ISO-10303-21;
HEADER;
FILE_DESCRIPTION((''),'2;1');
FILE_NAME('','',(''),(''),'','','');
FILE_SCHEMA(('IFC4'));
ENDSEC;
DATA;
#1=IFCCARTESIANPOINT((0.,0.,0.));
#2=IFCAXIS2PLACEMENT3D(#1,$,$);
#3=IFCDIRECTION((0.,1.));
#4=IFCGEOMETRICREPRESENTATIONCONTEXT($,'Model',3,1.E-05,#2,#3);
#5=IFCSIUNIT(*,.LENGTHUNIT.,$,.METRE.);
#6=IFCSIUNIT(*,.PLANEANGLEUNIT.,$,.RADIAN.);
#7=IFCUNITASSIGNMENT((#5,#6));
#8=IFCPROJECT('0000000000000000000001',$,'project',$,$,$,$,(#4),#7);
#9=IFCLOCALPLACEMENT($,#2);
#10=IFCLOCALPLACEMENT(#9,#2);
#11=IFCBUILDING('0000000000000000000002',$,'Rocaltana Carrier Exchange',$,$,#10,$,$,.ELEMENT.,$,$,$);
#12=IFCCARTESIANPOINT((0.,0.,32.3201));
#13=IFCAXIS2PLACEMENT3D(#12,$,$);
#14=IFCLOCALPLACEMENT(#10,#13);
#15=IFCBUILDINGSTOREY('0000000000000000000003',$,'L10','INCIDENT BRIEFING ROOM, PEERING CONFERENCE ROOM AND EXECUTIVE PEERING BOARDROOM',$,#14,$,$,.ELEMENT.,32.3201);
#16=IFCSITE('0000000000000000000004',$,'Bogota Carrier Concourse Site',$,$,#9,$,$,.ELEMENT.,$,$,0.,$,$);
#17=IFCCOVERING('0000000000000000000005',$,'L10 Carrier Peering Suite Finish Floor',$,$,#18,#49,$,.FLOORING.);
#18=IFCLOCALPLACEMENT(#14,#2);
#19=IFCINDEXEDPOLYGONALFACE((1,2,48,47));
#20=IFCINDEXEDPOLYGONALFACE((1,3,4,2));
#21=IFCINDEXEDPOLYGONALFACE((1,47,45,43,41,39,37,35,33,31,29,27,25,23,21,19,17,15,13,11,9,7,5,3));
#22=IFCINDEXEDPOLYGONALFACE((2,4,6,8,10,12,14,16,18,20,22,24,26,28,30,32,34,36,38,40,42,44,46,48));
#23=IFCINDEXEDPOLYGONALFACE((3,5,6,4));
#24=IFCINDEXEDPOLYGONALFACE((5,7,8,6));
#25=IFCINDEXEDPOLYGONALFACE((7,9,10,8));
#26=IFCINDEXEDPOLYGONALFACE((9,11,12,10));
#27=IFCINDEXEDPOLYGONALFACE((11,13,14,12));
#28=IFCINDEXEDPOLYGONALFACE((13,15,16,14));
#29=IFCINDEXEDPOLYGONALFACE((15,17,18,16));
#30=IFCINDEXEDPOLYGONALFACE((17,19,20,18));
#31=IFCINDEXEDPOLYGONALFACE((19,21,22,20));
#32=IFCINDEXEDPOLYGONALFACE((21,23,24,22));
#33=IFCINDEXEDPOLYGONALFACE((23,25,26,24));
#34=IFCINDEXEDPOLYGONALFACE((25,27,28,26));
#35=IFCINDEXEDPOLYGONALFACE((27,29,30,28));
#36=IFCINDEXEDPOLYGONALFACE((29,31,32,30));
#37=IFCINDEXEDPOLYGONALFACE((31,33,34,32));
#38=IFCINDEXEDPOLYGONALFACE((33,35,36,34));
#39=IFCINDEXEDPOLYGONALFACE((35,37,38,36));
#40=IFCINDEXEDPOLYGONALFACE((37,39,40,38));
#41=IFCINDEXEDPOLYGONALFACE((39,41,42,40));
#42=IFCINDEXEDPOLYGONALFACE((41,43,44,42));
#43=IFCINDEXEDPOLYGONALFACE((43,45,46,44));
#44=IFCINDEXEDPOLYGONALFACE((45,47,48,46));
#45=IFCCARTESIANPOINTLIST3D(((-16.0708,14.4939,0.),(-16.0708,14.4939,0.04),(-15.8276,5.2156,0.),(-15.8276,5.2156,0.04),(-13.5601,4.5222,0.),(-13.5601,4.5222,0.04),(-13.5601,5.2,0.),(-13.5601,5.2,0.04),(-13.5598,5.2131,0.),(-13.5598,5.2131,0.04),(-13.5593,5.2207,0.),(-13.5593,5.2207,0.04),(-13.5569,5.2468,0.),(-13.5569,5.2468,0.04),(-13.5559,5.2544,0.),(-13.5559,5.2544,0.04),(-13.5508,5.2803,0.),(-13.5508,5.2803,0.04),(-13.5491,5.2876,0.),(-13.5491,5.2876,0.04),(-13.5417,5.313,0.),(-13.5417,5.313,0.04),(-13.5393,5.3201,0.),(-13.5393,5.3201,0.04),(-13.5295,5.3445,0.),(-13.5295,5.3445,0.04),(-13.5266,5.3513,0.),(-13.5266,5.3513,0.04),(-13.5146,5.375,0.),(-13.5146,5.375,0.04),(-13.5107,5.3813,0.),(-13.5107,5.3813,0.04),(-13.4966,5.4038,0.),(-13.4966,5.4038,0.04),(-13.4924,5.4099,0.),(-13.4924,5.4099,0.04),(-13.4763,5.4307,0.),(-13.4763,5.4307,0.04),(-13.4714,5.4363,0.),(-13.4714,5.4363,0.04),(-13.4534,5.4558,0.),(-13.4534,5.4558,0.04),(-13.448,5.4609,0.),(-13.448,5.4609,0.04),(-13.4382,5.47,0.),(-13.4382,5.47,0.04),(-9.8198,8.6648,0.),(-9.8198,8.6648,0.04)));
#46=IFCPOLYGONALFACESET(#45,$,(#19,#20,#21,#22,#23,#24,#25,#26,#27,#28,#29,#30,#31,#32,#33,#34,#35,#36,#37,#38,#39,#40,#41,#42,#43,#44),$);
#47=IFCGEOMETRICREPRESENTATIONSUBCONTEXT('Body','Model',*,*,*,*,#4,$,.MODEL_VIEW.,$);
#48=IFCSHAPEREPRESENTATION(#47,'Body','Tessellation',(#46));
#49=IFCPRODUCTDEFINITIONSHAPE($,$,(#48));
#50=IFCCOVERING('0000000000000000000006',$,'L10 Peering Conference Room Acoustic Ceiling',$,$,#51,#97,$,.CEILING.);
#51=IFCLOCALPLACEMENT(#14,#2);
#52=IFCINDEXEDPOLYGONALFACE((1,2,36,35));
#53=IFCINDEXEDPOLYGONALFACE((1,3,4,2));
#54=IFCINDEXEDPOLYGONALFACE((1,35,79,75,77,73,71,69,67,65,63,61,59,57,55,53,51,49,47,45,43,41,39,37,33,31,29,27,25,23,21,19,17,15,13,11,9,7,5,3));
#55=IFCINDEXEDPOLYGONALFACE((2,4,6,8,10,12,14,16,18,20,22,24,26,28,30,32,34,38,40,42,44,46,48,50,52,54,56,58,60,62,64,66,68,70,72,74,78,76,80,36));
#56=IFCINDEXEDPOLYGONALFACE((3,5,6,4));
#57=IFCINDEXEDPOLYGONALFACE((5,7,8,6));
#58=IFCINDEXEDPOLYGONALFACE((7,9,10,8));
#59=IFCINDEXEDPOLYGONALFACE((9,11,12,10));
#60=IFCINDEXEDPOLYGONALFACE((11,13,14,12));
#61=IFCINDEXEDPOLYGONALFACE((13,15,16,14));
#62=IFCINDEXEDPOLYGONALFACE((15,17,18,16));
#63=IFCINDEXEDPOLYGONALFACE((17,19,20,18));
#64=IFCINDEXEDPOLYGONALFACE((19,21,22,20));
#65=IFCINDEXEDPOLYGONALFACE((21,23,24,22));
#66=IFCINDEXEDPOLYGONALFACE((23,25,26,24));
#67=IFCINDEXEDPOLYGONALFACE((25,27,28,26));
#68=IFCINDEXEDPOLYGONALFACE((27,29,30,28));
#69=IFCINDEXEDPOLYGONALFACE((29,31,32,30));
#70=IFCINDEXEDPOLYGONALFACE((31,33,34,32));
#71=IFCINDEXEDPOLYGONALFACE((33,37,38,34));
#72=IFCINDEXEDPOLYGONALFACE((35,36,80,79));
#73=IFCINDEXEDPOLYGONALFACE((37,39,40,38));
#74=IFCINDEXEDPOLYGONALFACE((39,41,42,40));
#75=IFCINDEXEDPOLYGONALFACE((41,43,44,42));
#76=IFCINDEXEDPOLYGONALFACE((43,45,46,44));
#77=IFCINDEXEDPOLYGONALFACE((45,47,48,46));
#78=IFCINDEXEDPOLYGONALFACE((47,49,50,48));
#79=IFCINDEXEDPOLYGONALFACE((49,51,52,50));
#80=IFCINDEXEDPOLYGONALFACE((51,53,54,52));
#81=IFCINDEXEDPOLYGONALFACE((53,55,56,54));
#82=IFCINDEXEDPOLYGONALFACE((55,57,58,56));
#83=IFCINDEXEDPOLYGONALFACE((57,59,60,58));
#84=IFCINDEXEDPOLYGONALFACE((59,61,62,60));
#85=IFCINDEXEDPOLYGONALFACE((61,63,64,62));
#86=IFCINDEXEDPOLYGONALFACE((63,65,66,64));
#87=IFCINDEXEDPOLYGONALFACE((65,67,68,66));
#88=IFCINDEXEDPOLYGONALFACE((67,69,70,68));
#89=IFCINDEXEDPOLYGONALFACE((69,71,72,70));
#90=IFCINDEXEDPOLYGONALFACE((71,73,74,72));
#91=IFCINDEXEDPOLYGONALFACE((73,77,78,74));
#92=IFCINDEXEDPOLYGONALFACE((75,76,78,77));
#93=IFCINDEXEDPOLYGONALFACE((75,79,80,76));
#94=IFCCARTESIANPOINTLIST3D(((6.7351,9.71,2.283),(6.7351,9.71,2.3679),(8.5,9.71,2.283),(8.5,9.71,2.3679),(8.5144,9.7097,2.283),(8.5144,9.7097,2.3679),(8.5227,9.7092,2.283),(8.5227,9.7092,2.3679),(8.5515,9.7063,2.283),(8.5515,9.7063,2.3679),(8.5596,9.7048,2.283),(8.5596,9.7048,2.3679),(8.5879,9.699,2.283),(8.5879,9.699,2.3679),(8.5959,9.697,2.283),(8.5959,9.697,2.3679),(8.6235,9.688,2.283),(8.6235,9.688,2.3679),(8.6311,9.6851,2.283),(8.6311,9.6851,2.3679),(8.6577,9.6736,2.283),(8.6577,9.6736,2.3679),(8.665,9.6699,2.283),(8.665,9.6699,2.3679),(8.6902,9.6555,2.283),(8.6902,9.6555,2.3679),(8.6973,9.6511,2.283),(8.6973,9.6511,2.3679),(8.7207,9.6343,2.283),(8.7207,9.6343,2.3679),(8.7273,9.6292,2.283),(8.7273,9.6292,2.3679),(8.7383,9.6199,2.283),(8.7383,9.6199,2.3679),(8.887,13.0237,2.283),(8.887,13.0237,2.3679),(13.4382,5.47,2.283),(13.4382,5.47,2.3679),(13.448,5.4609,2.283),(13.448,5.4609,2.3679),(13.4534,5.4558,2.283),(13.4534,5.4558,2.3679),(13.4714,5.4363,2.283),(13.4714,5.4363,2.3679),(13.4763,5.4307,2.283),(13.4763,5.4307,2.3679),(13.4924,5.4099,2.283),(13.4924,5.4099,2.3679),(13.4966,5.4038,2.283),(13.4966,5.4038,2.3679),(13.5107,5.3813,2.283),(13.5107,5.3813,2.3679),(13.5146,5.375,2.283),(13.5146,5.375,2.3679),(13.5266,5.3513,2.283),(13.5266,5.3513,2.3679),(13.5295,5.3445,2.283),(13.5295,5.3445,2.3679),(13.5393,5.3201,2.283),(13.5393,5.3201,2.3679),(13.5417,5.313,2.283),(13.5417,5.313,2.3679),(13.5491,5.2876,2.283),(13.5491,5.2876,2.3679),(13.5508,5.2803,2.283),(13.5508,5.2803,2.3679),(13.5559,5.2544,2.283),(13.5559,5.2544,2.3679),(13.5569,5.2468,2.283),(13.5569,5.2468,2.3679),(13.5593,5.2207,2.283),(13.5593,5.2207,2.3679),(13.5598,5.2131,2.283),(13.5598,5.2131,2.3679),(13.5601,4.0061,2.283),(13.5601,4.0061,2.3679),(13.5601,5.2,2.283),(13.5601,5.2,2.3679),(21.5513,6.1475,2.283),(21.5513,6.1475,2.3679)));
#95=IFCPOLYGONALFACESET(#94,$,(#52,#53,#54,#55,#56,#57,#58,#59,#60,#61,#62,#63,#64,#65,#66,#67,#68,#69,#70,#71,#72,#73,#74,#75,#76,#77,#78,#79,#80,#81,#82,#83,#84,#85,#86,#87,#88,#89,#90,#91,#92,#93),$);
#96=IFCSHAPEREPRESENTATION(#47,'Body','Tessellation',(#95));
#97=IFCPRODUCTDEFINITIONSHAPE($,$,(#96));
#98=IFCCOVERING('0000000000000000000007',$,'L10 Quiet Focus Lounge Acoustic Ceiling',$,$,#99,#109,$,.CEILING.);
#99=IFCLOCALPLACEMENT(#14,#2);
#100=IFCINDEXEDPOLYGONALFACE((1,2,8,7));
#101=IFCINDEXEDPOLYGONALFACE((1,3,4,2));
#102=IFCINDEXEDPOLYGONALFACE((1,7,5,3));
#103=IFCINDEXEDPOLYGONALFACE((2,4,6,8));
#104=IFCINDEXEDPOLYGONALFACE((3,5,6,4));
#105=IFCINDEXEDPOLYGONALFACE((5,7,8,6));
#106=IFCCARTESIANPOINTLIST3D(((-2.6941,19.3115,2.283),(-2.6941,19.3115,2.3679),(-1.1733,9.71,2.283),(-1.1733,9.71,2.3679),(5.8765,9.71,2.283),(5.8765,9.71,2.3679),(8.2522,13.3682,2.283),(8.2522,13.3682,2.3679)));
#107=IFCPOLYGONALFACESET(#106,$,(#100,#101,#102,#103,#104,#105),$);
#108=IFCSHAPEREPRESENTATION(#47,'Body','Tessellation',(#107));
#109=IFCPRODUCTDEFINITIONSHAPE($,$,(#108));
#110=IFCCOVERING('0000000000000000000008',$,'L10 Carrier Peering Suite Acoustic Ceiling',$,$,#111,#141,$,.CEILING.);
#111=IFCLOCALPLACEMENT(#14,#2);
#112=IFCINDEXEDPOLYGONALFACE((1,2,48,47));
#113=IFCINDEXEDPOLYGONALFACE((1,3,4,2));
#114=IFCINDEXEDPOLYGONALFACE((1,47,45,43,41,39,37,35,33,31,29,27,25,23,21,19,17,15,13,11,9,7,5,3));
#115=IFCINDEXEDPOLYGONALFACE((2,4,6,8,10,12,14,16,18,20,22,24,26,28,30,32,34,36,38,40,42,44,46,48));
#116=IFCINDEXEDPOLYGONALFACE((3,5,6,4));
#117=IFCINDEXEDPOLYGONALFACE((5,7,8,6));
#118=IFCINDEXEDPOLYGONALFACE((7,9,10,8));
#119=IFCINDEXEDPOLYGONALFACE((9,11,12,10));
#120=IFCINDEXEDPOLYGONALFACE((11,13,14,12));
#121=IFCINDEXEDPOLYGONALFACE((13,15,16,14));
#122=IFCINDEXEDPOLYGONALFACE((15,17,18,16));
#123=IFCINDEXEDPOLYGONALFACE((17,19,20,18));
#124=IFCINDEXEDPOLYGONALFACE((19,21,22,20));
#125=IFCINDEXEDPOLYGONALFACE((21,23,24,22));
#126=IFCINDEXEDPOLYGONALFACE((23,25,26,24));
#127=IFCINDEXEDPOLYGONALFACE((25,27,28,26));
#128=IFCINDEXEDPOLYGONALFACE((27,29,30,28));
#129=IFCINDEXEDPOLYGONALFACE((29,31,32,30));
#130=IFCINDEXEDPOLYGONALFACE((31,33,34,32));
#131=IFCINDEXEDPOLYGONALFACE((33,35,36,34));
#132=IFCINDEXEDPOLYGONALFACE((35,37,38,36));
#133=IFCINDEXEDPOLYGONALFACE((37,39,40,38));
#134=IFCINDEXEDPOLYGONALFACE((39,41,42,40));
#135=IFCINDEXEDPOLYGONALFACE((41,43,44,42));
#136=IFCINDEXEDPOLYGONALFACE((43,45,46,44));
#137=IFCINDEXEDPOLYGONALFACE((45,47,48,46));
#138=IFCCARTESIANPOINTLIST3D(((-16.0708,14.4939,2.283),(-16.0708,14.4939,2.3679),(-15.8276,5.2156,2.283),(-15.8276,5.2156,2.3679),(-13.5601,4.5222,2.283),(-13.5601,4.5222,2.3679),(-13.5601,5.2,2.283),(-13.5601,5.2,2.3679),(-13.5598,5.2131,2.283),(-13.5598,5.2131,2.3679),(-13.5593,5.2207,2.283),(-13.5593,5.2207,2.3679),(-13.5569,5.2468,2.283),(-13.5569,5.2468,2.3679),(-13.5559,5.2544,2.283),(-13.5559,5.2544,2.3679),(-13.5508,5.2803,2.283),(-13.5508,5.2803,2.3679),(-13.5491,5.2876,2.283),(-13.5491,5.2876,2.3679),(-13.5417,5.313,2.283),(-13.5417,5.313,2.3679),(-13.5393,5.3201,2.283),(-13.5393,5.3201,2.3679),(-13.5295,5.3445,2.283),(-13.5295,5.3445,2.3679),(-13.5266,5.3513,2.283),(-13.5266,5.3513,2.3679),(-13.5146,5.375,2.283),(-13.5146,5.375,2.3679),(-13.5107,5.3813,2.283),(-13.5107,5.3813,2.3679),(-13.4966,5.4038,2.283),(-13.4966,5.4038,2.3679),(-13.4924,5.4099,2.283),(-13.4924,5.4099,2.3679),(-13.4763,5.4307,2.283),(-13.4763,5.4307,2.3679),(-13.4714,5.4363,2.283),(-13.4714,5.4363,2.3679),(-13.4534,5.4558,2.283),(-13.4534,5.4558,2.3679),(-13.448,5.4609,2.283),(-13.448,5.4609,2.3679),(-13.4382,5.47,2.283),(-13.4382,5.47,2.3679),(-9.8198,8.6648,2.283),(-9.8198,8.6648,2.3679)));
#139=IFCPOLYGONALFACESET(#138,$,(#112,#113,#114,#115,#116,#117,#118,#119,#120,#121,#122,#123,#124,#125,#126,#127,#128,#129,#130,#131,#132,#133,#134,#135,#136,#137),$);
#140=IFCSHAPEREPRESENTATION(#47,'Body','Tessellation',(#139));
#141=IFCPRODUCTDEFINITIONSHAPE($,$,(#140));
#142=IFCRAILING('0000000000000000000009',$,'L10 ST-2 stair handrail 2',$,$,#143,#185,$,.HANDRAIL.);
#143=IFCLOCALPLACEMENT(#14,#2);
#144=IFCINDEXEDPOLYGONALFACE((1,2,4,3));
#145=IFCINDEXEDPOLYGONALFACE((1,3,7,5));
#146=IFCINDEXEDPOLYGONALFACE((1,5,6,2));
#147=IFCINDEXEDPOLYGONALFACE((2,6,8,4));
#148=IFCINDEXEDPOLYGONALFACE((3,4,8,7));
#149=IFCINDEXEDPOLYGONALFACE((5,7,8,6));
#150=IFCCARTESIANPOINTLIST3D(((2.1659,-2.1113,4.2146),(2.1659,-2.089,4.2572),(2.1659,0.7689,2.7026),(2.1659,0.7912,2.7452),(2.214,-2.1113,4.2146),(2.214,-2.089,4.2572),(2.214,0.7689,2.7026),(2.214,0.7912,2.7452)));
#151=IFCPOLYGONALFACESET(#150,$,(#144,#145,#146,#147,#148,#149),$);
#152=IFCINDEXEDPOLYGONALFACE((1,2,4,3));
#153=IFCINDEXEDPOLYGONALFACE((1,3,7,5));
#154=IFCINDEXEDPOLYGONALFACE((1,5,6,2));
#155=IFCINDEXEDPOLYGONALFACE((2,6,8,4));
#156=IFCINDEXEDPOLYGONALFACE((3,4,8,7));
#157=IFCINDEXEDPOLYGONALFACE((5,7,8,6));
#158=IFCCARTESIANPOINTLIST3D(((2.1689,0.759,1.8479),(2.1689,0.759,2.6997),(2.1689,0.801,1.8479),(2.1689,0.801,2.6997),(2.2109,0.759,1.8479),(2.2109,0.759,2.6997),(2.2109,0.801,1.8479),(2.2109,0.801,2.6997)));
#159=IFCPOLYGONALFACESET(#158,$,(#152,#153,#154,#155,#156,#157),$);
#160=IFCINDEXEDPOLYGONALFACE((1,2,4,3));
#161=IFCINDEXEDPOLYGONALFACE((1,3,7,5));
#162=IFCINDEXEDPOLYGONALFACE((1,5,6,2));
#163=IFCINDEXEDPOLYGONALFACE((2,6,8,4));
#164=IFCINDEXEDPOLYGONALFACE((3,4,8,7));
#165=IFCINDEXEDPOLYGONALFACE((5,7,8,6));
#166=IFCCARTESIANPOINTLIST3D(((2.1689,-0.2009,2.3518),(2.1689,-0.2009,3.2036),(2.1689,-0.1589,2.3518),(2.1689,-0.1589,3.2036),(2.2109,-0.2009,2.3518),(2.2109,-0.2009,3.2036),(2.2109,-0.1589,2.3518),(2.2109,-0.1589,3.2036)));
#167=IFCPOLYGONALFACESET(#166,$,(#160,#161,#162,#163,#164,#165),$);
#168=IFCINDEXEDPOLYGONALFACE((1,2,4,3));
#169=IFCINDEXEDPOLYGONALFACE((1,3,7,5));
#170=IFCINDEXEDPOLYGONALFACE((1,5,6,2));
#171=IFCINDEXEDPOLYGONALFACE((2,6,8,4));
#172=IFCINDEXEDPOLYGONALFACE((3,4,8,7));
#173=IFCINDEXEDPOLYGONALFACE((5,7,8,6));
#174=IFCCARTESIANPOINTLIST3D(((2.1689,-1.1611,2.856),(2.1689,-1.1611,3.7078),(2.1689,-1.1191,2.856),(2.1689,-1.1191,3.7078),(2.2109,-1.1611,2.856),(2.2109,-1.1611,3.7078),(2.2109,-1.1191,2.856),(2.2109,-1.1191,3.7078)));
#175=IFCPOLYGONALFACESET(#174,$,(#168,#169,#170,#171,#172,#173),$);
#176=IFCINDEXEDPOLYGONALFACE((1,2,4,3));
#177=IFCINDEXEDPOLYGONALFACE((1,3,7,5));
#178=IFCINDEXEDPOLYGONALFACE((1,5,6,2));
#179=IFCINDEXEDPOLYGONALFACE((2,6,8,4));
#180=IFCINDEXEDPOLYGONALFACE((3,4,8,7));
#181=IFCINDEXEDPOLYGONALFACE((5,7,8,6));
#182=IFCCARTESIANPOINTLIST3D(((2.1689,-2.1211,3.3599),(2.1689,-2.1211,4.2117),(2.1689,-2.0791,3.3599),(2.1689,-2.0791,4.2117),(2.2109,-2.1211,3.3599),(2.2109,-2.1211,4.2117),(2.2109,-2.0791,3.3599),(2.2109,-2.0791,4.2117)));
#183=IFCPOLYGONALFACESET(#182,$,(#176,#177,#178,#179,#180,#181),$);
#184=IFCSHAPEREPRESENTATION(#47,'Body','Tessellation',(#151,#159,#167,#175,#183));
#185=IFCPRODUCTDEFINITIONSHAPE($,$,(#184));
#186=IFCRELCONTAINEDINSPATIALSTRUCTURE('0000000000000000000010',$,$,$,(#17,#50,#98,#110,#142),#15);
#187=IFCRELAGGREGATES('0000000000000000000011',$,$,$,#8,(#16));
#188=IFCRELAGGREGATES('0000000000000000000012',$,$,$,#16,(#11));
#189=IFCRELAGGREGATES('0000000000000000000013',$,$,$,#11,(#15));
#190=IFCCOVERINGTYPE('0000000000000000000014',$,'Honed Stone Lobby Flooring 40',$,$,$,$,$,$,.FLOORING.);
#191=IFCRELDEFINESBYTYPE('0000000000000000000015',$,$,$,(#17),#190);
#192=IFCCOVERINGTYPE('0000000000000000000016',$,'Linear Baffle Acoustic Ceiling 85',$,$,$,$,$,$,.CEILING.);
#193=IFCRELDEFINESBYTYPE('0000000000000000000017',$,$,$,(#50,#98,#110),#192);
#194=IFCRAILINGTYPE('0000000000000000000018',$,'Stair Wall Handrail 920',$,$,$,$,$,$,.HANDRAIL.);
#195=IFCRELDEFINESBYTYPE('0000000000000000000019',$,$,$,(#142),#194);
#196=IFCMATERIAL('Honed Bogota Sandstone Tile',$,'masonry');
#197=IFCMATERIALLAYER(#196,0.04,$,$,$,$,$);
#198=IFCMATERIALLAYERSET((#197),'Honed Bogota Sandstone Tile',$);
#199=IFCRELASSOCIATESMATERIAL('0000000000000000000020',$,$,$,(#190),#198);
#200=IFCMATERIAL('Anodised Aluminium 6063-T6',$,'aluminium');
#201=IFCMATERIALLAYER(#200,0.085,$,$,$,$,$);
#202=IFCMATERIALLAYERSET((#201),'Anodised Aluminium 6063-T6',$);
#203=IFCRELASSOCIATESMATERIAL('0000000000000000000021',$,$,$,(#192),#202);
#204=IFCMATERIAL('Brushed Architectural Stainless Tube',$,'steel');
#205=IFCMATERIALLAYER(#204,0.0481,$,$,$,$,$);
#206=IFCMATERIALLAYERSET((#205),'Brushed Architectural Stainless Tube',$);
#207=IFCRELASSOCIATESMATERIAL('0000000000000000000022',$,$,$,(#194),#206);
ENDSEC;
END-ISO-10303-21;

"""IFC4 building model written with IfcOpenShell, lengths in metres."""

from ifc_helpers import new_model, si_unit, direction, frame, origin, origin_2d, place, context, subcontext, project, spatial, polyline, rectangle, outline, extrude, material, layer, layer_set, type_object, element, save


model = new_model("IFC4")

# Units and contexts
model_context = context("Model", 3, precision=1e-05, world=origin(), true_north=direction((0.0, 1.0)))
body_context = subcontext(model_context, "Body", "Model", "MODEL_VIEW")
ifc_project = project(units=[si_unit("LENGTHUNIT", "METRE"), si_unit("PLANEANGLEUNIT", "RADIAN")], contexts=[model_context])

# Site, building, storey
site_placement = place(None, origin())
site = spatial("IfcSite", under=ifc_project, at=site_placement, Name="Bogota Carrier Concourse Site", CompositionType="ELEMENT", RefElevation=0.0)
building_placement = place(site_placement, origin())
building = spatial("IfcBuilding", under=site, at=building_placement, Name="Rocaltana Carrier Exchange", CompositionType="ELEMENT")
storey_placement = place(building_placement, frame((0.0, 0.0, 32.3201)))
storey = spatial("IfcBuildingStorey", under=building, at=storey_placement, Name="L10", Description="INCIDENT BRIEFING ROOM, PEERING CONFERENCE ROOM AND EXECUTIVE PEERING BOARDROOM", CompositionType="ELEMENT", Elevation=32.3201)

# Coverings
ifc_material_1 = material(Name="Honed Bogota Sandstone Tile", Category="masonry")
ifc_layer_1 = layer(ifc_material_1, 0.04)
ifc_layer_set_1 = layer_set([ifc_layer_1], Name="Honed Bogota Sandstone Tile")
covering_type_1 = type_object("IfcCoveringType", Name="Honed Stone Lobby Flooring 40", PredefinedType="FLOORING", material=ifc_layer_set_1)
covering_1_placement = place(storey_placement, origin())
element("IfcCovering", 1, at=covering_1_placement, inside=storey, type_object=covering_type_1, Name="L10 Carrier Peering Suite Finish Floor", PredefinedType="FLOORING", context=body_context, shape_type="SweptSolid", body=[
    extrude(outline(polyline([(-16.0708, 14.4939), (-9.8198, 8.6648), (-13.4382, 5.47), (-13.448, 5.4609), (-13.4534, 5.4558), (-13.4714, 5.4363), (-13.4763, 5.4307), (-13.4924, 5.4099), (-13.4966, 5.4038), (-13.5107, 5.3813), (-13.5146, 5.375), (-13.5266, 5.3513), (-13.5295, 5.3445), (-13.5393, 5.3201), (-13.5417, 5.313), (-13.5491, 5.2876), (-13.5508, 5.2803), (-13.5559, 5.2544), (-13.5569, 5.2468), (-13.5593, 5.2207), (-13.5598, 5.2131), (-13.5601, 5.2), (-13.5601, 4.5222), (-15.8276, 5.2156), (-16.0708, 14.4939)])), origin(), (0.0, 0.0, 1.0), 0.04),
])
ifc_material_2 = material(Name="Anodised Aluminium 6063-T6", Category="aluminium")
ifc_layer_2 = layer(ifc_material_2, 0.085)
ifc_layer_set_2 = layer_set([ifc_layer_2], Name="Anodised Aluminium 6063-T6")
covering_type_2 = type_object("IfcCoveringType", Name="Linear Baffle Acoustic Ceiling 85", PredefinedType="CEILING", material=ifc_layer_set_2)
covering_2_placement = place(storey_placement, frame((0.0, 0.0, 2.283)))
element("IfcCovering", 2, at=covering_2_placement, inside=storey, type_object=covering_type_2, Name="L10 Peering Conference Room Acoustic Ceiling", PredefinedType="CEILING", context=body_context, shape_type="SweptSolid", body=[
    extrude(outline(polyline([(21.5513, 6.1475), (13.5601, 4.0061), (13.5601, 5.2), (13.5598, 5.2131), (13.5593, 5.2207), (13.5569, 5.2468), (13.5559, 5.2544), (13.5508, 5.2803), (13.5491, 5.2876), (13.5417, 5.313), (13.5393, 5.3201), (13.5295, 5.3445), (13.5266, 5.3513), (13.5146, 5.375), (13.5107, 5.3813), (13.4966, 5.4038), (13.4924, 5.4099), (13.4763, 5.4307), (13.4714, 5.4363), (13.4534, 5.4558), (13.448, 5.4609), (13.4382, 5.47), (8.7383, 9.6199), (8.7273, 9.6292), (8.7207, 9.6343), (8.6973, 9.6511), (8.6902, 9.6555), (8.665, 9.6699), (8.6577, 9.6736), (8.6311, 9.6851), (8.6235, 9.688), (8.5959, 9.697), (8.5879, 9.699), (8.5596, 9.7048), (8.5515, 9.7063), (8.5227, 9.7092), (8.5144, 9.7097), (8.5, 9.71), (6.7351, 9.71), (8.887, 13.0237), (21.5513, 6.1475)])), origin(), (0.0, 0.0, 1.0), 0.085),
])
covering_3_placement = place(storey_placement, frame((0.0, 0.0, 2.283)))
element("IfcCovering", 3, at=covering_3_placement, inside=storey, type_object=covering_type_2, Name="L10 Quiet Focus Lounge Acoustic Ceiling", PredefinedType="CEILING", context=body_context, shape_type="SweptSolid", body=[
    extrude(outline(polyline([(8.2522, 13.3682), (5.8765, 9.71), (-1.1733, 9.71), (-2.6941, 19.3115), (8.2522, 13.3682)])), origin(), (0.0, 0.0, 1.0), 0.085),
])
covering_4_placement = place(storey_placement, frame((0.0, 0.0, 2.283)))
element("IfcCovering", 4, at=covering_4_placement, inside=storey, type_object=covering_type_2, Name="L10 Carrier Peering Suite Acoustic Ceiling", PredefinedType="CEILING", context=body_context, shape_type="SweptSolid", body=[
    extrude(outline(polyline([(-16.0708, 14.4939), (-9.8198, 8.6648), (-13.4382, 5.47), (-13.448, 5.4609), (-13.4534, 5.4558), (-13.4714, 5.4363), (-13.4763, 5.4307), (-13.4924, 5.4099), (-13.4966, 5.4038), (-13.5107, 5.3813), (-13.5146, 5.375), (-13.5266, 5.3513), (-13.5295, 5.3445), (-13.5393, 5.3201), (-13.5417, 5.313), (-13.5491, 5.2876), (-13.5508, 5.2803), (-13.5559, 5.2544), (-13.5569, 5.2468), (-13.5593, 5.2207), (-13.5598, 5.2131), (-13.5601, 5.2), (-13.5601, 4.5222), (-15.8276, 5.2156), (-16.0708, 14.4939)])), origin(), (0.0, 0.0, 1.0), 0.085),
])

# Railing
ifc_material_3 = material(Name="Brushed Architectural Stainless Tube", Category="steel")
ifc_layer_3 = layer(ifc_material_3, 0.0481)
ifc_layer_set_3 = layer_set([ifc_layer_3], Name="Brushed Architectural Stainless Tube")
railing_type_1 = type_object("IfcRailingType", Name="Stair Wall Handrail 920", PredefinedType="HANDRAIL", material=ifc_layer_set_3)
railing_1_placement = place(storey_placement, frame((2.1899, 0.78, 1.8479)))
element("IfcRailing", 5, at=railing_1_placement, inside=storey, type_object=railing_type_1, Name="L10 ST-2 stair handrail 2", PredefinedType="HANDRAIL", context=body_context, shape_type="SweptSolid", body=[
    extrude(rectangle(XDim=0.0481, YDim=0.0481, at=origin_2d()), frame((0.0, 0.0, 0.876), z_axis=(0.0, -0.885411, 0.464809), x_axis=(1.0, 0.0, 0.0)), (0.0, 0.0, 1.0), 3.2529),
    extrude(rectangle(XDim=0.042, YDim=0.042, at=origin_2d()), origin(), (0.0, 0.0, 1.0), 0.8518),
    extrude(rectangle(XDim=0.042, YDim=0.042, at=origin_2d()), frame((0.0, -0.96, 0.5039)), (0.0, 0.0, 1.0), 0.8518),
    extrude(rectangle(XDim=0.042, YDim=0.042, at=origin_2d()), frame((0.0, -1.9202, 1.0081)), (0.0, 0.0, 1.0), 0.8518),
    extrude(rectangle(XDim=0.042, YDim=0.042, at=origin_2d()), frame((0.0, -2.8801, 1.512)), (0.0, 0.0, 1.0), 0.8518),
])

save(model, "model.ifc")
